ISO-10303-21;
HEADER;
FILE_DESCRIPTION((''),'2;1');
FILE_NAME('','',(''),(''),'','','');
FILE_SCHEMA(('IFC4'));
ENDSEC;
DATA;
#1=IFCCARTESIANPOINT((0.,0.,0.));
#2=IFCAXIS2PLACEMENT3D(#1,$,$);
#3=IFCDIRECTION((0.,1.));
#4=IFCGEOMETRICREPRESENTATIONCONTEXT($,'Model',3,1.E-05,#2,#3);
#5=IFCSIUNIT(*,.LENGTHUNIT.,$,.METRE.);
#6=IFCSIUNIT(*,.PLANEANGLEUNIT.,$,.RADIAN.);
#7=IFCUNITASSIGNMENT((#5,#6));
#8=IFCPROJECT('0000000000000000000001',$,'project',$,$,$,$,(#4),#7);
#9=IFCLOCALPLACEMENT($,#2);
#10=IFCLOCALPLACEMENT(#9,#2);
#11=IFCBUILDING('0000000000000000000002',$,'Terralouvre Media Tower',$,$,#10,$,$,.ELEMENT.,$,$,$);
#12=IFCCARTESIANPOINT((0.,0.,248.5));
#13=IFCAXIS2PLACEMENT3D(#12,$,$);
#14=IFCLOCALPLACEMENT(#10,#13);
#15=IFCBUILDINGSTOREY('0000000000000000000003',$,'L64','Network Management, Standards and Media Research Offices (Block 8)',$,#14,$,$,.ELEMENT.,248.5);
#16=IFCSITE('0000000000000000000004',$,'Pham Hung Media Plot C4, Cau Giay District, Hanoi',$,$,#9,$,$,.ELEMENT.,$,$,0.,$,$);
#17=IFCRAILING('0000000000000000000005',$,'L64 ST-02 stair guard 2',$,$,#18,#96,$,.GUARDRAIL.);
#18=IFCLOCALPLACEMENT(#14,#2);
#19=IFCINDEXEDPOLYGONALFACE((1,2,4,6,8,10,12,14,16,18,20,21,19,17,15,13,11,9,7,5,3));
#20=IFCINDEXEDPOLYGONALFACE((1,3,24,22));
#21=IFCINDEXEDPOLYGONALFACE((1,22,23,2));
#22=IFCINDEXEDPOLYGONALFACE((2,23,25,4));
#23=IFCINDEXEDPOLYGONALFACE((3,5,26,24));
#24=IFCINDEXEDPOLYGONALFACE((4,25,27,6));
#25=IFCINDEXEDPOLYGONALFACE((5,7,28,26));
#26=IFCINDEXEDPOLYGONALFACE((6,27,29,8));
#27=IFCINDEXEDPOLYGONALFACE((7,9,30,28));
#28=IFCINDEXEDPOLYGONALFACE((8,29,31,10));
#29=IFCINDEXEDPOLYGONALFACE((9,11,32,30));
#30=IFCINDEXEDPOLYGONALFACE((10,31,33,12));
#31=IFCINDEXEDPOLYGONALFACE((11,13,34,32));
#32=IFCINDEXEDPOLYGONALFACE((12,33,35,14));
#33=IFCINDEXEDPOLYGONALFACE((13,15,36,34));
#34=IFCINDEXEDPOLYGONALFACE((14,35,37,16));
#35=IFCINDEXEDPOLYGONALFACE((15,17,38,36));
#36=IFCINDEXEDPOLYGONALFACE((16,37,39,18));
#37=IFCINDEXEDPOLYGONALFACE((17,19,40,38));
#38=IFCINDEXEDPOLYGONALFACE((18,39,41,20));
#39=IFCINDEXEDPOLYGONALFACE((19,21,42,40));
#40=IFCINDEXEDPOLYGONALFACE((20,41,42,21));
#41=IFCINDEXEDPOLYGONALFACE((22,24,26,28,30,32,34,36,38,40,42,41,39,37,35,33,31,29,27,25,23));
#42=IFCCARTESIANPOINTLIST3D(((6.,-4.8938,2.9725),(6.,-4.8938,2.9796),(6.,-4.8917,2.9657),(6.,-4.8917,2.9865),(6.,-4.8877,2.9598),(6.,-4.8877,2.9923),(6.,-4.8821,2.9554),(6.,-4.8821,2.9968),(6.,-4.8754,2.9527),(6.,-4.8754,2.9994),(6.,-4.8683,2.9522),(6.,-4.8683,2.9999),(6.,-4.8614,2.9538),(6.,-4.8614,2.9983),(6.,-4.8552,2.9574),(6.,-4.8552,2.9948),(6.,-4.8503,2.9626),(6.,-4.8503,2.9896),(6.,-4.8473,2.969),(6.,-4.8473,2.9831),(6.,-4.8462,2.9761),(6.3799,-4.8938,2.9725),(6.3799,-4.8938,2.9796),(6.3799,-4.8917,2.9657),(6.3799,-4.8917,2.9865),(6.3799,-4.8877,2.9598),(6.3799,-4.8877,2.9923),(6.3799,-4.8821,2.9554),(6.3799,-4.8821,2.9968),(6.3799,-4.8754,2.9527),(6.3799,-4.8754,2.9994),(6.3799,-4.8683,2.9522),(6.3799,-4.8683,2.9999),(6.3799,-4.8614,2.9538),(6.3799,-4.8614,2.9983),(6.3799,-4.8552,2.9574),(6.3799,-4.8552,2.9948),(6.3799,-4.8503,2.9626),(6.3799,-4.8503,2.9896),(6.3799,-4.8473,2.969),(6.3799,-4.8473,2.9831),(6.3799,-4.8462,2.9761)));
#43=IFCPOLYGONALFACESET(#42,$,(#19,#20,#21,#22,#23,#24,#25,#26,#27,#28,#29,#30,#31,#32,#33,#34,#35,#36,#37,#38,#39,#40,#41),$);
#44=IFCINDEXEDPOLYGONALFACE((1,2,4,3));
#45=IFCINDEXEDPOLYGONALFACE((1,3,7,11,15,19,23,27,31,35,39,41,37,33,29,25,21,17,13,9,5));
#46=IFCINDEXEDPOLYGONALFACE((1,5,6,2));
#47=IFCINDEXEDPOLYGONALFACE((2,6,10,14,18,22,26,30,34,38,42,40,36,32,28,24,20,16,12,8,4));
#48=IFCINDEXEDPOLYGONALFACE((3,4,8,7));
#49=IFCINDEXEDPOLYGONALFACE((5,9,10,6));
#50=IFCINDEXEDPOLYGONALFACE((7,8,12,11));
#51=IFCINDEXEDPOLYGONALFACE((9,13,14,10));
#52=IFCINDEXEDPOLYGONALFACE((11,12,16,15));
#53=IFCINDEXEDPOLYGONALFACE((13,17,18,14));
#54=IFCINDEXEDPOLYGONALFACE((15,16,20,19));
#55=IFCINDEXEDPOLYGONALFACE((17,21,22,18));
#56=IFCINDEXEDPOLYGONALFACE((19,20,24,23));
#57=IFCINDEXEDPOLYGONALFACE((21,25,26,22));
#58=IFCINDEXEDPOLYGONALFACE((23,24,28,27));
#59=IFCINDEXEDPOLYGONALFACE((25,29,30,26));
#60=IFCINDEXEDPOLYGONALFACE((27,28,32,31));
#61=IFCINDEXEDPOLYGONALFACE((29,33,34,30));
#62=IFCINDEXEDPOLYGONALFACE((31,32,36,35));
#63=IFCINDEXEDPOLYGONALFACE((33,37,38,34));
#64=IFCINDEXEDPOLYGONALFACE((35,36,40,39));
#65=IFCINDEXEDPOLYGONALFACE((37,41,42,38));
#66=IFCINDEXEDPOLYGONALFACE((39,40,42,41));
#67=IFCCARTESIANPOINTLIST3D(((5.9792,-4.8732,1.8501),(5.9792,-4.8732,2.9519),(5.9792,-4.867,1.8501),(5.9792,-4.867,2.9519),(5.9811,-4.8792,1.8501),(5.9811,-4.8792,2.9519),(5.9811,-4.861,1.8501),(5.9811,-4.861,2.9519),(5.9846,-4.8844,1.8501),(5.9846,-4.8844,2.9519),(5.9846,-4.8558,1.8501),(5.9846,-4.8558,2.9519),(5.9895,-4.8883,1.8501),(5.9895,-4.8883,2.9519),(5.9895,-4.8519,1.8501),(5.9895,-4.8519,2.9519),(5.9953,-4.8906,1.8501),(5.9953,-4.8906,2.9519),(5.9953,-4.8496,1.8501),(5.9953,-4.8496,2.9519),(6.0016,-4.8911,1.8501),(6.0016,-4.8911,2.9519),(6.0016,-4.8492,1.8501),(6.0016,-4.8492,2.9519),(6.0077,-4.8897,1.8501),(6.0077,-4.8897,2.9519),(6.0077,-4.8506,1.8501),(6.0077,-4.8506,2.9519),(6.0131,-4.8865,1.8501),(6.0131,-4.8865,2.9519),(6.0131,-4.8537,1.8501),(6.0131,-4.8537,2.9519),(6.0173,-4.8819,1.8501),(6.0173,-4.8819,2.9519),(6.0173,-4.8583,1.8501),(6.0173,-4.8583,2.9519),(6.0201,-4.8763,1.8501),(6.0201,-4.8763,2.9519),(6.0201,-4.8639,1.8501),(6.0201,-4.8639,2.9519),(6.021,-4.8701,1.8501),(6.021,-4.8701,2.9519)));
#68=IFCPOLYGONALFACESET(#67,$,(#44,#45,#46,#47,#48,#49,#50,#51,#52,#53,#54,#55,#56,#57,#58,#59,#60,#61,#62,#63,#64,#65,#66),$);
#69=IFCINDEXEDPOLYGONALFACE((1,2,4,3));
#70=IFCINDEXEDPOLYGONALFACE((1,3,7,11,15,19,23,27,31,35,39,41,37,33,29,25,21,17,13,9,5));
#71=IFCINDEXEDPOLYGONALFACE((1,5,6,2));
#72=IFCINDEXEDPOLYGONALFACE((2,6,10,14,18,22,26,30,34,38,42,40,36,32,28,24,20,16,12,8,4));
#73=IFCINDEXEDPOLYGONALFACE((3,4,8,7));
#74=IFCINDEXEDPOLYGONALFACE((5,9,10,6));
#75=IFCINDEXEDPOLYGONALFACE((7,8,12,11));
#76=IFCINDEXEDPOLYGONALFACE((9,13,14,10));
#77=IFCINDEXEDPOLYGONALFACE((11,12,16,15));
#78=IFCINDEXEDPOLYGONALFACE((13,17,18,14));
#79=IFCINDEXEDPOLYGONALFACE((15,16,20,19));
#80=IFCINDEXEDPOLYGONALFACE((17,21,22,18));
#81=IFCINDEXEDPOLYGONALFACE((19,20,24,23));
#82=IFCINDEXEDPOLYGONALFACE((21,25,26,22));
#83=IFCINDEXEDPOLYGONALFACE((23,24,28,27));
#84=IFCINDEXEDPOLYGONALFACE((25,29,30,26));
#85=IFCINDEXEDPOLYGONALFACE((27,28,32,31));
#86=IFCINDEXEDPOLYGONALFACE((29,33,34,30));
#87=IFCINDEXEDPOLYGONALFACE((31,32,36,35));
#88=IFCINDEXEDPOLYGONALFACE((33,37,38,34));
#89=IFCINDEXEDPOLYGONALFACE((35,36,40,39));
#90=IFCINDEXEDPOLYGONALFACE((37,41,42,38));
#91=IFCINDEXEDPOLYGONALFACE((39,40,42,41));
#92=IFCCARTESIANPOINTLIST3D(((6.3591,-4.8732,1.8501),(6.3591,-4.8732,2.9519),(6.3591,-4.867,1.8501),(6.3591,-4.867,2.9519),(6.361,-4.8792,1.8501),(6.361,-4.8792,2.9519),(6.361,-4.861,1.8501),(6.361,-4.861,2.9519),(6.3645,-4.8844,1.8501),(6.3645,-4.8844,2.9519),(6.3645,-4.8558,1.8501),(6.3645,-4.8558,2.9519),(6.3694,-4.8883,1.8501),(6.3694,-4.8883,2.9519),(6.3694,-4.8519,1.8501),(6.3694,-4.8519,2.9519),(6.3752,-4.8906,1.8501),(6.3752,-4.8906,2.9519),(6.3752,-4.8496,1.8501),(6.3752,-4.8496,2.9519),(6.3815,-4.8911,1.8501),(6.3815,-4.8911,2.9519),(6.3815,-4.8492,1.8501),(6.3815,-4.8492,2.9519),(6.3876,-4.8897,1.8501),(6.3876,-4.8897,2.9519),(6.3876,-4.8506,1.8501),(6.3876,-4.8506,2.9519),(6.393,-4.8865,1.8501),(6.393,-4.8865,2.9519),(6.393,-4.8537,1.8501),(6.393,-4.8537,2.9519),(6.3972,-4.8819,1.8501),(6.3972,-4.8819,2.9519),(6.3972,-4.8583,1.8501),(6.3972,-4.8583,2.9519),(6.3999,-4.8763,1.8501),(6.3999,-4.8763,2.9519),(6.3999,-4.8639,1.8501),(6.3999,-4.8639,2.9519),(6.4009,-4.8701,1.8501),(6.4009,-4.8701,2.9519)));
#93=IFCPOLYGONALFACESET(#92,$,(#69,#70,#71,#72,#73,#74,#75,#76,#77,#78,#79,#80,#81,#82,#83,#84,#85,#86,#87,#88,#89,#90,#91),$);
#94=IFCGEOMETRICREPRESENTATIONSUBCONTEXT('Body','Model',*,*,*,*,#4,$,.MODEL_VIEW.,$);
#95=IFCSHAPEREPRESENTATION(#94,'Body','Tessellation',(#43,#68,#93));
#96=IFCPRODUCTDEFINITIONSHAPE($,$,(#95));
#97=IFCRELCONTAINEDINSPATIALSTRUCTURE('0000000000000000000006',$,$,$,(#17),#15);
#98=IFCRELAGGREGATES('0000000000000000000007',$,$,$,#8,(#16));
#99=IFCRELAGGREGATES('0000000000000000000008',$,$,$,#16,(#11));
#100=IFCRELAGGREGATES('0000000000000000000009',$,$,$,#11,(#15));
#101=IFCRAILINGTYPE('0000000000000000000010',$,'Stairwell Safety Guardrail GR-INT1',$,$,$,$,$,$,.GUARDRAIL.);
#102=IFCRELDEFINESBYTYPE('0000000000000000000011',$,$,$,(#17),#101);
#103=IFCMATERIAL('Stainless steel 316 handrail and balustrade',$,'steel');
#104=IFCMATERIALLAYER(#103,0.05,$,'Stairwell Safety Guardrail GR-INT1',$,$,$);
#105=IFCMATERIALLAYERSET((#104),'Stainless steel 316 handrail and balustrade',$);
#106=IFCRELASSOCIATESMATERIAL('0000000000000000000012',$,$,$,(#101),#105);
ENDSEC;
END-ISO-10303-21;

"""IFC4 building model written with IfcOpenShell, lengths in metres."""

from ifc_helpers import new_model, si_unit, direction, frame, origin, origin_2d, place, context, subcontext, project, spatial, circle, extrude, material, layer, layer_set, type_object, element, save


model = new_model("IFC4")

# Units and contexts
model_context = context("Model", 3, precision=1e-05, world=origin(), true_north=direction((0.0, 1.0)))
body_context = subcontext(model_context, "Body", "Model", "MODEL_VIEW")
ifc_project = project(units=[si_unit("LENGTHUNIT", "METRE"), si_unit("PLANEANGLEUNIT", "RADIAN")], contexts=[model_context])

# Site, building, storey
site_placement = place(None, origin())
site = spatial("IfcSite", under=ifc_project, at=site_placement, Name="Pham Hung Media Plot C4, Cau Giay District, Hanoi", CompositionType="ELEMENT", RefElevation=0.0)
building_placement = place(site_placement, origin())
building = spatial("IfcBuilding", under=site, at=building_placement, Name="Terralouvre Media Tower", CompositionType="ELEMENT")
storey_placement = place(building_placement, frame((0.0, 0.0, 248.5)))
storey = spatial("IfcBuildingStorey", under=building, at=storey_placement, Name="L64", Description="Network Management, Standards and Media Research Offices (Block 8)", CompositionType="ELEMENT", Elevation=248.5)

# Railing
ifc_material_1 = material(Name="Stainless steel 316 handrail and balustrade", Category="steel")
ifc_layer_1 = layer(ifc_material_1, 0.05, Name="Stairwell Safety Guardrail GR-INT1")
ifc_layer_set_1 = layer_set([ifc_layer_1], Name="Stainless steel 316 handrail and balustrade")
railing_type_1 = type_object("IfcRailingType", Name="Stairwell Safety Guardrail GR-INT1", PredefinedType="GUARDRAIL", material=ifc_layer_set_1)
railing_1_placement = place(storey_placement, frame((6.0, -4.8701, 1.8501)))
element("IfcRailing", 1, at=railing_1_placement, inside=storey, type_object=railing_type_1, Name="L64 ST-02 stair guard 2", PredefinedType="GUARDRAIL", context=body_context, shape_type="SweptSolid", body=[
    extrude(circle(Radius=0.0239, at=origin_2d()), frame((0.0, 0.0, 1.126), z_axis=(1.0, 0.0, 0.0), x_axis=(0.0, 1.0, 0.0)), (0.0, 0.0, 1.0), 0.3799),
    extrude(circle(Radius=0.021, at=origin_2d()), origin(), (0.0, 0.0, 1.0), 1.1018),
    extrude(circle(Radius=0.021, at=origin_2d()), frame((0.3799, 0.0, 0.0)), (0.0, 0.0, 1.0), 1.1018),
])

save(model, "model.ifc")
